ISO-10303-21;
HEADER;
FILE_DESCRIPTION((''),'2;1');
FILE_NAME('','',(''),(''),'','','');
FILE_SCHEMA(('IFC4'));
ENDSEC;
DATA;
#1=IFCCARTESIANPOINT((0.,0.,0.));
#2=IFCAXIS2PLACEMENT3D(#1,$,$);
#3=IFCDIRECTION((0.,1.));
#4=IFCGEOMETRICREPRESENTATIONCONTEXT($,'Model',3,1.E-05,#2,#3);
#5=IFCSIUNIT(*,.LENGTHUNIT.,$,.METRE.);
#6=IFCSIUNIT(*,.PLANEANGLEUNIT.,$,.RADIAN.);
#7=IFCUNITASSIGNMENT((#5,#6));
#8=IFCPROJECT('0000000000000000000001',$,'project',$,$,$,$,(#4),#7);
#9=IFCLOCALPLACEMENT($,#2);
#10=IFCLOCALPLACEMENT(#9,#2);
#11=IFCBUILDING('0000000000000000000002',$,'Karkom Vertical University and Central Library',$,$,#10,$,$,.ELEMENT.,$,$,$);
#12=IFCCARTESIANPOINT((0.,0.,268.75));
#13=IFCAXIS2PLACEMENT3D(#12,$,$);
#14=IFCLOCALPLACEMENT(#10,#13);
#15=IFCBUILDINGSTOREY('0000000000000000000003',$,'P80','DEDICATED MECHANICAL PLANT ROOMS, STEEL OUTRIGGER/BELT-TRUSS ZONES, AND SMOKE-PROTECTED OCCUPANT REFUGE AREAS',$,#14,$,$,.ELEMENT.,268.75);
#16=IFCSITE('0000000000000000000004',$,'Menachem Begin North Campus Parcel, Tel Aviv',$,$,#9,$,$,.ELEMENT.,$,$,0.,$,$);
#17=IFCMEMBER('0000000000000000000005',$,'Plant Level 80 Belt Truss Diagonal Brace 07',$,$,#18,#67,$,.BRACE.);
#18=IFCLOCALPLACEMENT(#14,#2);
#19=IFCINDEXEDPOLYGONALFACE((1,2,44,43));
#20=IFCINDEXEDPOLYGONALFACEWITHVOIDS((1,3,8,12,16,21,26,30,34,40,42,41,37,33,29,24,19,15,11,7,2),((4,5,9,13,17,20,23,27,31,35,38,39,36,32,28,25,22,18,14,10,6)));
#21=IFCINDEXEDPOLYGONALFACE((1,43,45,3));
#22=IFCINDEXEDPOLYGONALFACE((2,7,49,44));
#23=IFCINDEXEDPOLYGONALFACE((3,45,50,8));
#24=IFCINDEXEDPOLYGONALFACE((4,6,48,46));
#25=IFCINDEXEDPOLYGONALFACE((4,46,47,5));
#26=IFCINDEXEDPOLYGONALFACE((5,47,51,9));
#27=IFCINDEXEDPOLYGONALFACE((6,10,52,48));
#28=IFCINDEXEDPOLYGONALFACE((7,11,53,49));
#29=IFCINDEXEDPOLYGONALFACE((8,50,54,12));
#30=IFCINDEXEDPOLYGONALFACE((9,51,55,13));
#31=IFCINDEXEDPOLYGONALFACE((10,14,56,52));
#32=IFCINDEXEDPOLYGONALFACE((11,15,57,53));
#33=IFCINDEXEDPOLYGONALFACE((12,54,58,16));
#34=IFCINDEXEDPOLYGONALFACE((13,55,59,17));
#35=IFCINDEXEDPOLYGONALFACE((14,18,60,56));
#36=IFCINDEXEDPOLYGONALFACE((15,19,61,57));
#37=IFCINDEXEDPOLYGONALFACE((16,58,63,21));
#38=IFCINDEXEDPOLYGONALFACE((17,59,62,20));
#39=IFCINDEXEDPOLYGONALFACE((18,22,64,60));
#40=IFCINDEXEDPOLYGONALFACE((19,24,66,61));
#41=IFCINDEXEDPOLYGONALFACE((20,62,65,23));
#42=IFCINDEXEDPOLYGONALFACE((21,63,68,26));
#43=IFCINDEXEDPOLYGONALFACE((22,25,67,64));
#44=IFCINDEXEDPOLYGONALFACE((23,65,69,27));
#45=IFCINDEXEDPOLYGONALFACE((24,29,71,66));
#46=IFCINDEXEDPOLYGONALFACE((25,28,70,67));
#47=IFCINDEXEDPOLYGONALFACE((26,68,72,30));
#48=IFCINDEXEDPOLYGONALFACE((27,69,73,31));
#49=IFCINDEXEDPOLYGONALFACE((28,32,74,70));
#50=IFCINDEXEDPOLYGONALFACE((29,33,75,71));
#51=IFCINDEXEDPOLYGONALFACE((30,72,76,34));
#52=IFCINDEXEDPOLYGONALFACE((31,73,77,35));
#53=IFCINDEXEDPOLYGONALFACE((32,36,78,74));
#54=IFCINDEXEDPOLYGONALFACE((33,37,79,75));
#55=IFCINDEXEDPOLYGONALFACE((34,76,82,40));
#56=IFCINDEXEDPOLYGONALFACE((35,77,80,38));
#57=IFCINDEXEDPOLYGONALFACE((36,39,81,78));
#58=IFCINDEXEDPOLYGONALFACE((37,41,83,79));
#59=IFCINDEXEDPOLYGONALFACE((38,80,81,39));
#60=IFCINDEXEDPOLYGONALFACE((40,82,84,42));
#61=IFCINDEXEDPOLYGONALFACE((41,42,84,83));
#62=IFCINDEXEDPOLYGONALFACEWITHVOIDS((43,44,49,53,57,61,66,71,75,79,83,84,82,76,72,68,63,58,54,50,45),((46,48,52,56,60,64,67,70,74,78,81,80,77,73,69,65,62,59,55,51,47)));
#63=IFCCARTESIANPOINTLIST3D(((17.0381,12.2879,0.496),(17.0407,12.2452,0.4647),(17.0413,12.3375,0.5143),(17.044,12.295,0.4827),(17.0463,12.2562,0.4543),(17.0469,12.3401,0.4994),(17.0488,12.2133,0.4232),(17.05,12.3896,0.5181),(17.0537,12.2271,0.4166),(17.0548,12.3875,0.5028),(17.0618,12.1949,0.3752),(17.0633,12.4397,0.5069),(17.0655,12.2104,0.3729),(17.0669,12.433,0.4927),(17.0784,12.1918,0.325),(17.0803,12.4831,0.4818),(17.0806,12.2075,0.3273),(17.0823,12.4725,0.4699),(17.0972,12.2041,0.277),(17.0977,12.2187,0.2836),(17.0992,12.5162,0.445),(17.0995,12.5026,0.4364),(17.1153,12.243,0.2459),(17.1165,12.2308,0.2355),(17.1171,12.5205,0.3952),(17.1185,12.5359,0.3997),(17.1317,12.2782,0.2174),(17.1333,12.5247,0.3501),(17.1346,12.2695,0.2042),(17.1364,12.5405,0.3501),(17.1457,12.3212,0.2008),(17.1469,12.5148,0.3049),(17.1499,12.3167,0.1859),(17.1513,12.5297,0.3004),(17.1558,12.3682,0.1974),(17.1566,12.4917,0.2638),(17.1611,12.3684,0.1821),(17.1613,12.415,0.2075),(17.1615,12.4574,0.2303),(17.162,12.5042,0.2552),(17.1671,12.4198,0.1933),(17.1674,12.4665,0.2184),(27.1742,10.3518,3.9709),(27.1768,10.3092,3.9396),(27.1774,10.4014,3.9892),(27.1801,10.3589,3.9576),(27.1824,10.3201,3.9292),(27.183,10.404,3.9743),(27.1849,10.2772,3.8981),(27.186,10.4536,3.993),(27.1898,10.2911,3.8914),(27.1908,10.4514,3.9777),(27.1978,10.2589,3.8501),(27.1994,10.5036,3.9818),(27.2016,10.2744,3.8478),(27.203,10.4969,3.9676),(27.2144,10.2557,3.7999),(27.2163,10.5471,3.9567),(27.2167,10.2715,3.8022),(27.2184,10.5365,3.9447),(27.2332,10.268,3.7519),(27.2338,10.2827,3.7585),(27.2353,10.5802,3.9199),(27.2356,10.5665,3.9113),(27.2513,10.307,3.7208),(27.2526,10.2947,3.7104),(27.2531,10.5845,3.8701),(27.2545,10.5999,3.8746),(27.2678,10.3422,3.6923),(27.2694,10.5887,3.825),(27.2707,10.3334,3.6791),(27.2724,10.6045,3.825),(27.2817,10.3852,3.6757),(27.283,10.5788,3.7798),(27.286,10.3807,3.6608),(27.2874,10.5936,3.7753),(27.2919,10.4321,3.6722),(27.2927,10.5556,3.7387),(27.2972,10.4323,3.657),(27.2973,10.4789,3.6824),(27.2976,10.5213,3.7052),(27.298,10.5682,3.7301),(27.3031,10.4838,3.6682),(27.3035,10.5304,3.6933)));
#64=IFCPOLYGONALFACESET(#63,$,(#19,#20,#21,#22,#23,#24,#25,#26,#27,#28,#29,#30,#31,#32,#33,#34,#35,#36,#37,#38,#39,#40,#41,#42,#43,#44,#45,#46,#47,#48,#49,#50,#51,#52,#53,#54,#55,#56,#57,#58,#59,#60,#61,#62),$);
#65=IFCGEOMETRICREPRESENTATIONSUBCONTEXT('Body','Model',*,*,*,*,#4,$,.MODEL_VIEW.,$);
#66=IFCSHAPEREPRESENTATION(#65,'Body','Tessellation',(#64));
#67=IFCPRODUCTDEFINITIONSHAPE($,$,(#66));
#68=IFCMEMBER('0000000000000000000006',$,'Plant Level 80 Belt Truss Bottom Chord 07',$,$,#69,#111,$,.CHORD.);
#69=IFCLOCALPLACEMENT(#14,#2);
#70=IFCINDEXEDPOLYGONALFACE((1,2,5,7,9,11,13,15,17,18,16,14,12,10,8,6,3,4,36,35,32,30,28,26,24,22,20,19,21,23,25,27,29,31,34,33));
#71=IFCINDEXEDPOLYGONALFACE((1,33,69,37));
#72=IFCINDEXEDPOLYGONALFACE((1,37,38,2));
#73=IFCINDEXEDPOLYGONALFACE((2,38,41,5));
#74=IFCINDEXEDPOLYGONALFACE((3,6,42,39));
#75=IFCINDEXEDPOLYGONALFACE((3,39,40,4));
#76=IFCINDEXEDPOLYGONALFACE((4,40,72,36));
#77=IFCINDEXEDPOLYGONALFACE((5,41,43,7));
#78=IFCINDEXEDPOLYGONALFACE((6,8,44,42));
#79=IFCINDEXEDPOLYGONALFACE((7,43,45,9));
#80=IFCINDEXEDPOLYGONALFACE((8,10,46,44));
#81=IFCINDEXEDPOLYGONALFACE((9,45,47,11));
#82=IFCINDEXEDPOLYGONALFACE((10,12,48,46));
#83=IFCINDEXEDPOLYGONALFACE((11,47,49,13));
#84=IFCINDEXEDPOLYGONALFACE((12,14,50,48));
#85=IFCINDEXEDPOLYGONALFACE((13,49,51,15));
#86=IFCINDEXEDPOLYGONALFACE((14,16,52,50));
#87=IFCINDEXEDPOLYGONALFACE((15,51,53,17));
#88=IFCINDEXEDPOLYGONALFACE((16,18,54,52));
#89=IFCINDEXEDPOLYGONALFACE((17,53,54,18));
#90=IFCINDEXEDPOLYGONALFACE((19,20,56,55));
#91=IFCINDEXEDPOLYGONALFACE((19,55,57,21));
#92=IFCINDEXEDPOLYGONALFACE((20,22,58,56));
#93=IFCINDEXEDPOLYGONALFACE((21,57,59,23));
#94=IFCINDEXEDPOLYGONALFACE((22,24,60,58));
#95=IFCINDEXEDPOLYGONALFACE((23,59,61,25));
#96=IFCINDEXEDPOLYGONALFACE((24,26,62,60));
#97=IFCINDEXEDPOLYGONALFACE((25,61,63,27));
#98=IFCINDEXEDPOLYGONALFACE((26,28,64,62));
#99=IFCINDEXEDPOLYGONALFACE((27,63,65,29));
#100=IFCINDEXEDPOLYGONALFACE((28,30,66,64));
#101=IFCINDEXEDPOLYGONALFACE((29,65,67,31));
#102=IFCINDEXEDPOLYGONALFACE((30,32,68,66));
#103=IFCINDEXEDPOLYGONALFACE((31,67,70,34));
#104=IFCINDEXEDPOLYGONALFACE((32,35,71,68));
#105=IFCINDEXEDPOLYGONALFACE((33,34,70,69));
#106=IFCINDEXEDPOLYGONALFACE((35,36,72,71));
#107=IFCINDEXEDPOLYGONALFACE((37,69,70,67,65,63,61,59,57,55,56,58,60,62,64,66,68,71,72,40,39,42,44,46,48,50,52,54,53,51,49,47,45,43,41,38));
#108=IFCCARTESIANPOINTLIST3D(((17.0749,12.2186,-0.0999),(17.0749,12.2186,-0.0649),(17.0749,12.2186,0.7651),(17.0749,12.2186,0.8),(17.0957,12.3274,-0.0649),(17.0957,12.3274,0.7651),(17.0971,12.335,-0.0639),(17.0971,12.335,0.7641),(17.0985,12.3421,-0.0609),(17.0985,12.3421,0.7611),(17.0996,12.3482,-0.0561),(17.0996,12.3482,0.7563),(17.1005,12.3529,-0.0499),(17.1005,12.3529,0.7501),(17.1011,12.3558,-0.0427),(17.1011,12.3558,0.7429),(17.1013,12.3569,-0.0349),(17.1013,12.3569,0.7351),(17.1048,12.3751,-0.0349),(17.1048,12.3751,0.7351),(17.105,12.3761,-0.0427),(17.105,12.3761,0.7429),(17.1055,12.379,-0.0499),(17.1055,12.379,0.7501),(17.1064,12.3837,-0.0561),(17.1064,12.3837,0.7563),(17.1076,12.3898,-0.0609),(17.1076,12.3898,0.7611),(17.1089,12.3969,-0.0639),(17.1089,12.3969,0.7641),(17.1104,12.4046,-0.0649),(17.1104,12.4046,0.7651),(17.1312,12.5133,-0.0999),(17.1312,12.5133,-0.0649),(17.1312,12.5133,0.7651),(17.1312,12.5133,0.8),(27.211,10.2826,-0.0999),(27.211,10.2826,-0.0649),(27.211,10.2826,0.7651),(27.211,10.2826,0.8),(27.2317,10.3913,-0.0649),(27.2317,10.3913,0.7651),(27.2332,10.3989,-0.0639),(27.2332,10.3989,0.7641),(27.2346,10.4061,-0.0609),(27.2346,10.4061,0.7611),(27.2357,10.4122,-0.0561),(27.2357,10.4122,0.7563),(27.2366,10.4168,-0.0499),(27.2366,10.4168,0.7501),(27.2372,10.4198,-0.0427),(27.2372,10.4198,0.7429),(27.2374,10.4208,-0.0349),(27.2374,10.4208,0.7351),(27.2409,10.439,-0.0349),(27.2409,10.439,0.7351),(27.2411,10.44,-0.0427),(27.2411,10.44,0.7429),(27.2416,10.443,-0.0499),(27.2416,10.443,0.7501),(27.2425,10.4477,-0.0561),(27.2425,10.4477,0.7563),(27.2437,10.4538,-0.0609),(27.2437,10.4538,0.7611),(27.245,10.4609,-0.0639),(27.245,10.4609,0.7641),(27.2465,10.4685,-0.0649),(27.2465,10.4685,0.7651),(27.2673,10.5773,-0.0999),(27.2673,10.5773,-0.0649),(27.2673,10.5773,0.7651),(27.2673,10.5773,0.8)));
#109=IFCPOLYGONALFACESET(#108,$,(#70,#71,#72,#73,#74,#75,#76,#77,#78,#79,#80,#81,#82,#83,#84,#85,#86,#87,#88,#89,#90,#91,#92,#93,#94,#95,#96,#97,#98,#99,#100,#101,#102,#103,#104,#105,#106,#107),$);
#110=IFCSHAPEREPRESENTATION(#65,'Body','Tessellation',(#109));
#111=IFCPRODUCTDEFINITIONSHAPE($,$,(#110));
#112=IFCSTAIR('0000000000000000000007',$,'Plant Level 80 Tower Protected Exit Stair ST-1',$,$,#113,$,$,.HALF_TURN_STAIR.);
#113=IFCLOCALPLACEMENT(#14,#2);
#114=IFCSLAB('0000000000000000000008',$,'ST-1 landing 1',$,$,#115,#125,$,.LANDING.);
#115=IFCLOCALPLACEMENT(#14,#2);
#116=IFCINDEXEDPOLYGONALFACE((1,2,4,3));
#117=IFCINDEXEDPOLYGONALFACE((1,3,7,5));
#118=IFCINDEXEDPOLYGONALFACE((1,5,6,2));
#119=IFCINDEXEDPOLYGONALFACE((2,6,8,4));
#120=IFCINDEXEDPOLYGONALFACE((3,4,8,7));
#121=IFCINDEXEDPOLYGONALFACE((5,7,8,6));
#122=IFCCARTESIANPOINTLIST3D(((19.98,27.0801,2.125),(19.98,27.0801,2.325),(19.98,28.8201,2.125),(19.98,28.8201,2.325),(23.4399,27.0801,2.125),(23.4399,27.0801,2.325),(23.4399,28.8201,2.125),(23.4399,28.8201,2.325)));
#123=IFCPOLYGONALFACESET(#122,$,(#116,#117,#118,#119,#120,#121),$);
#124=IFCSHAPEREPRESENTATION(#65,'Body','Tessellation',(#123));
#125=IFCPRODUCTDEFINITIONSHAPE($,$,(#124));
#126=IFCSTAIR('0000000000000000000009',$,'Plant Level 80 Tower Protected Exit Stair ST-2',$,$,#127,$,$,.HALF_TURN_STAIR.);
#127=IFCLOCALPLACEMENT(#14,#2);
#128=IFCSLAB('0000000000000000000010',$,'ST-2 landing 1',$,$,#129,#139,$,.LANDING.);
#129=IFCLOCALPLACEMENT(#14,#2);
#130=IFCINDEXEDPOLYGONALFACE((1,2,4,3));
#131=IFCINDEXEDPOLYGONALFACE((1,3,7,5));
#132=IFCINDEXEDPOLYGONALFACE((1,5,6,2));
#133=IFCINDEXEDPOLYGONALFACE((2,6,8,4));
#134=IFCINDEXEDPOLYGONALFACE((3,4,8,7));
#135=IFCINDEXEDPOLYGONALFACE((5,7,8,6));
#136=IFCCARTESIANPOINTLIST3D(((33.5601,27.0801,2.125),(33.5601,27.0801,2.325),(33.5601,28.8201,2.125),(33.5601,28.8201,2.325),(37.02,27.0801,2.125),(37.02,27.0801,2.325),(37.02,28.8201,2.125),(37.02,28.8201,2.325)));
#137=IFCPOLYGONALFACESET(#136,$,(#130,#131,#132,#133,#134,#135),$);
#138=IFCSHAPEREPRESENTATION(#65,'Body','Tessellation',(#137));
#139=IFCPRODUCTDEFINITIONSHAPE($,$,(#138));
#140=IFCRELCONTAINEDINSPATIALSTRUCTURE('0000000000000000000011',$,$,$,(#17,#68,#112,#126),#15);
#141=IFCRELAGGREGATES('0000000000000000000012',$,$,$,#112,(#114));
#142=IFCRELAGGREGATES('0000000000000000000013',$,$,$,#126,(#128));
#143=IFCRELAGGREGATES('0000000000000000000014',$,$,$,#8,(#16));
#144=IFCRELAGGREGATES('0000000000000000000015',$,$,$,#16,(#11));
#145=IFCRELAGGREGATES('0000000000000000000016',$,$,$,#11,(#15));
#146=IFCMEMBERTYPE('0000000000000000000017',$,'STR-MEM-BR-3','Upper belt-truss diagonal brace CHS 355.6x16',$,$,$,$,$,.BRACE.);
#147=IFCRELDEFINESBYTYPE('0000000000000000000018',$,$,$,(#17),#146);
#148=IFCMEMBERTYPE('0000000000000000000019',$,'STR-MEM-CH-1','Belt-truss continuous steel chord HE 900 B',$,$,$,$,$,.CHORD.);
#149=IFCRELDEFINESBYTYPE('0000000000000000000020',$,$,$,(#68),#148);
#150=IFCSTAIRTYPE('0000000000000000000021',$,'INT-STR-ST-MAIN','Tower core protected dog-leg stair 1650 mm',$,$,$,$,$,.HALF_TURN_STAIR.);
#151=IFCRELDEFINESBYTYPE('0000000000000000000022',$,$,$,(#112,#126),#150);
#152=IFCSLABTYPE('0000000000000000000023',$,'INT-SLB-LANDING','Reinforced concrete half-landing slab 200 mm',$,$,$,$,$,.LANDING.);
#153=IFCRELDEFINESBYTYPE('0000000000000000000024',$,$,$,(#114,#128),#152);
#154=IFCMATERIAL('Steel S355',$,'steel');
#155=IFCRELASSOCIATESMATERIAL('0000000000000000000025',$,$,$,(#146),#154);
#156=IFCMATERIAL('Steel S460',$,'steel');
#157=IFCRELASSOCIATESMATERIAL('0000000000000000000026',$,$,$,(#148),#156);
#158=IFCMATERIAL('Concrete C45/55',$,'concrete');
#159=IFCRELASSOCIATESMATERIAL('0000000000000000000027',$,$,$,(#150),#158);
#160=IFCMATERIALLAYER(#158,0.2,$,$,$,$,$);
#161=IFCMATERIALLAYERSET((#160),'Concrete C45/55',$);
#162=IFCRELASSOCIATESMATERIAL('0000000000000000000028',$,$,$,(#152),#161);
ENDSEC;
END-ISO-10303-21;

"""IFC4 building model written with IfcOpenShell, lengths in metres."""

from ifc_helpers import new_model, si_unit, direction, frame, origin, origin_with_axes, origin_2d, place, context, subcontext, project, spatial, polyline, hollow_circle, i_section, outline, extrude, source, transform, mapped, material, layer, layer_set, material_profile, profile_set, type_object, element, aggregate, save


model = new_model("IFC4")

# Units and contexts
model_context = context("Model", 3, precision=1e-05, world=origin(), true_north=direction((0.0, 1.0)))
body_context = subcontext(model_context, "Body", "Model", "MODEL_VIEW")
ifc_project = project(units=[si_unit("LENGTHUNIT", "METRE"), si_unit("PLANEANGLEUNIT", "RADIAN")], contexts=[model_context])

# Site, building, storey
site_placement = place(None, origin())
site = spatial("IfcSite", under=ifc_project, at=site_placement, Name="Menachem Begin North Campus Parcel, Tel Aviv", CompositionType="ELEMENT", RefElevation=0.0)
building_placement = place(site_placement, origin())
building = spatial("IfcBuilding", under=site, at=building_placement, Name="Karkom Vertical University and Central Library", CompositionType="ELEMENT")
storey_placement = place(building_placement, frame((0.0, 0.0, 268.75)))
storey = spatial("IfcBuildingStorey", under=building, at=storey_placement, Name="P80", Description="DEDICATED MECHANICAL PLANT ROOMS, STEEL OUTRIGGER/BELT-TRUSS ZONES, AND SMOKE-PROTECTED OCCUPANT REFUGE AREAS", CompositionType="ELEMENT", Elevation=268.75)

# Shared definitions
ifc_material_1 = material(Name="Concrete C45/55", Category="concrete")

# Shared definitions
ifc_material_2 = material(Name="Steel S355", Category="steel")
ifc_material_3 = material(Name="Steel S460", Category="steel")

# Members
ifc_material_profile_1 = material_profile(ifc_material_2, hollow_circle(Radius=0.1777, WallThickness=0.0161, at=origin_2d()), Name="CHS 355.6x16")
ifc_profile_set_1 = profile_set([ifc_material_profile_1], Name="Steel S355")
member_type_1 = type_object("IfcMemberType", Name="STR-MEM-BR-3", Description="Upper belt-truss diagonal brace CHS 355.6x16", PredefinedType="BRACE", material=ifc_profile_set_1)
ifc_material_profile_2 = material_profile(ifc_material_3, i_section(OverallWidth=0.3, OverallDepth=0.8999, WebThickness=0.0186, FlangeThickness=0.0349, FilletRadius=0.03, at=origin_2d()), Name="HE 900 B")
ifc_profile_set_2 = profile_set([ifc_material_profile_2], Name="Steel S460")
member_type_2 = type_object("IfcMemberType", Name="STR-MEM-CH-1", Description="Belt-truss continuous steel chord HE 900 B", PredefinedType="CHORD", material=ifc_profile_set_2)
shared_shape_1 = source(origin_with_axes(), body_context, "Body", "SweptSolid", [
    extrude(hollow_circle(Radius=0.1777, WallThickness=0.0161, at=origin_2d()), origin(), (0.0, 0.0, 1.0), 10.8887),
])
member_1_placement = place(storey_placement, frame((17.103, 12.366, 0.3501), z_axis=(0.930883, -0.177804, 0.319128), x_axis=(0.187614, 0.982243, 0.0)))
element("IfcMember", 1, at=member_1_placement, inside=storey, type_object=member_type_1, Name="Plant Level 80 Belt Truss Diagonal Brace 07", PredefinedType="BRACE", context=body_context, shape_type="MappedRepresentation", body=[
    mapped(shared_shape_1, transform((0.0, 0.0, 0.0), scale=1.0)),
])
shared_shape_2 = source(origin_with_axes(), body_context, "Body", "SweptSolid", [
    extrude(i_section(OverallWidth=0.3, OverallDepth=0.8999, WebThickness=0.0186, FlangeThickness=0.0349, FilletRadius=0.03, at=origin_2d()), origin(), (0.0, 0.0, 1.0), 10.3193),
])
member_2_placement = place(storey_placement, frame((17.103, 12.366, 0.3501), z_axis=(0.982243, -0.187614, 0.0), x_axis=(0.187614, 0.982243, 0.0)))
element("IfcMember", 2, at=member_2_placement, inside=storey, type_object=member_type_2, Name="Plant Level 80 Belt Truss Bottom Chord 07", PredefinedType="CHORD", context=body_context, shape_type="MappedRepresentation", body=[
    mapped(shared_shape_2, transform((0.0, 0.0, 0.0), scale=1.0)),
])

# Stairs, slabs
stair_type = type_object("IfcStairType", Name="INT-STR-ST-MAIN", Description="Tower core protected dog-leg stair 1650 mm", PredefinedType="HALF_TURN_STAIR", material=ifc_material_1)
stair_1_placement = place(storey_placement, origin())
stair_1 = element("IfcStair", 3, at=stair_1_placement, inside=storey, type_object=stair_type, Name="Plant Level 80 Tower Protected Exit Stair ST-1", PredefinedType="HALF_TURN_STAIR")
ifc_layer_1 = layer(ifc_material_1, 0.2)
ifc_layer_set_1 = layer_set([ifc_layer_1], Name="Concrete C45/55")
slab_type_1 = type_object("IfcSlabType", Name="INT-SLB-LANDING", Description="Reinforced concrete half-landing slab 200 mm", PredefinedType="LANDING", material=ifc_layer_set_1)
slab_1_placement = place(storey_placement, frame((0.0, 0.0, 2.125)))
slab_1 = element("IfcSlab", 4, at=slab_1_placement, type_object=slab_type_1, Name="ST-1 landing 1", PredefinedType="LANDING", context=body_context, shape_type="SweptSolid", body=[
    extrude(outline(polyline([(23.4399, 27.0801), (23.4399, 28.8201), (19.98, 28.8201), (19.98, 27.0801), (23.4399, 27.0801)])), origin(), (0.0, 0.0, 1.0), 0.2),
])
aggregate(stair_1, [slab_1])
stair_2_placement = place(storey_placement, origin())
stair_2 = element("IfcStair", 5, at=stair_2_placement, inside=storey, type_object=stair_type, Name="Plant Level 80 Tower Protected Exit Stair ST-2", PredefinedType="HALF_TURN_STAIR")
slab_2_placement = place(storey_placement, frame((0.0, 0.0, 2.125)))
slab_2 = element("IfcSlab", 6, at=slab_2_placement, type_object=slab_type_1, Name="ST-2 landing 1", PredefinedType="LANDING", context=body_context, shape_type="SweptSolid", body=[
    extrude(outline(polyline([(37.02, 27.0801), (37.02, 28.8201), (33.5601, 28.8201), (33.5601, 27.0801), (37.02, 27.0801)])), origin(), (0.0, 0.0, 1.0), 0.2),
])
aggregate(stair_2, [slab_2])

save(model, "model.ifc")
